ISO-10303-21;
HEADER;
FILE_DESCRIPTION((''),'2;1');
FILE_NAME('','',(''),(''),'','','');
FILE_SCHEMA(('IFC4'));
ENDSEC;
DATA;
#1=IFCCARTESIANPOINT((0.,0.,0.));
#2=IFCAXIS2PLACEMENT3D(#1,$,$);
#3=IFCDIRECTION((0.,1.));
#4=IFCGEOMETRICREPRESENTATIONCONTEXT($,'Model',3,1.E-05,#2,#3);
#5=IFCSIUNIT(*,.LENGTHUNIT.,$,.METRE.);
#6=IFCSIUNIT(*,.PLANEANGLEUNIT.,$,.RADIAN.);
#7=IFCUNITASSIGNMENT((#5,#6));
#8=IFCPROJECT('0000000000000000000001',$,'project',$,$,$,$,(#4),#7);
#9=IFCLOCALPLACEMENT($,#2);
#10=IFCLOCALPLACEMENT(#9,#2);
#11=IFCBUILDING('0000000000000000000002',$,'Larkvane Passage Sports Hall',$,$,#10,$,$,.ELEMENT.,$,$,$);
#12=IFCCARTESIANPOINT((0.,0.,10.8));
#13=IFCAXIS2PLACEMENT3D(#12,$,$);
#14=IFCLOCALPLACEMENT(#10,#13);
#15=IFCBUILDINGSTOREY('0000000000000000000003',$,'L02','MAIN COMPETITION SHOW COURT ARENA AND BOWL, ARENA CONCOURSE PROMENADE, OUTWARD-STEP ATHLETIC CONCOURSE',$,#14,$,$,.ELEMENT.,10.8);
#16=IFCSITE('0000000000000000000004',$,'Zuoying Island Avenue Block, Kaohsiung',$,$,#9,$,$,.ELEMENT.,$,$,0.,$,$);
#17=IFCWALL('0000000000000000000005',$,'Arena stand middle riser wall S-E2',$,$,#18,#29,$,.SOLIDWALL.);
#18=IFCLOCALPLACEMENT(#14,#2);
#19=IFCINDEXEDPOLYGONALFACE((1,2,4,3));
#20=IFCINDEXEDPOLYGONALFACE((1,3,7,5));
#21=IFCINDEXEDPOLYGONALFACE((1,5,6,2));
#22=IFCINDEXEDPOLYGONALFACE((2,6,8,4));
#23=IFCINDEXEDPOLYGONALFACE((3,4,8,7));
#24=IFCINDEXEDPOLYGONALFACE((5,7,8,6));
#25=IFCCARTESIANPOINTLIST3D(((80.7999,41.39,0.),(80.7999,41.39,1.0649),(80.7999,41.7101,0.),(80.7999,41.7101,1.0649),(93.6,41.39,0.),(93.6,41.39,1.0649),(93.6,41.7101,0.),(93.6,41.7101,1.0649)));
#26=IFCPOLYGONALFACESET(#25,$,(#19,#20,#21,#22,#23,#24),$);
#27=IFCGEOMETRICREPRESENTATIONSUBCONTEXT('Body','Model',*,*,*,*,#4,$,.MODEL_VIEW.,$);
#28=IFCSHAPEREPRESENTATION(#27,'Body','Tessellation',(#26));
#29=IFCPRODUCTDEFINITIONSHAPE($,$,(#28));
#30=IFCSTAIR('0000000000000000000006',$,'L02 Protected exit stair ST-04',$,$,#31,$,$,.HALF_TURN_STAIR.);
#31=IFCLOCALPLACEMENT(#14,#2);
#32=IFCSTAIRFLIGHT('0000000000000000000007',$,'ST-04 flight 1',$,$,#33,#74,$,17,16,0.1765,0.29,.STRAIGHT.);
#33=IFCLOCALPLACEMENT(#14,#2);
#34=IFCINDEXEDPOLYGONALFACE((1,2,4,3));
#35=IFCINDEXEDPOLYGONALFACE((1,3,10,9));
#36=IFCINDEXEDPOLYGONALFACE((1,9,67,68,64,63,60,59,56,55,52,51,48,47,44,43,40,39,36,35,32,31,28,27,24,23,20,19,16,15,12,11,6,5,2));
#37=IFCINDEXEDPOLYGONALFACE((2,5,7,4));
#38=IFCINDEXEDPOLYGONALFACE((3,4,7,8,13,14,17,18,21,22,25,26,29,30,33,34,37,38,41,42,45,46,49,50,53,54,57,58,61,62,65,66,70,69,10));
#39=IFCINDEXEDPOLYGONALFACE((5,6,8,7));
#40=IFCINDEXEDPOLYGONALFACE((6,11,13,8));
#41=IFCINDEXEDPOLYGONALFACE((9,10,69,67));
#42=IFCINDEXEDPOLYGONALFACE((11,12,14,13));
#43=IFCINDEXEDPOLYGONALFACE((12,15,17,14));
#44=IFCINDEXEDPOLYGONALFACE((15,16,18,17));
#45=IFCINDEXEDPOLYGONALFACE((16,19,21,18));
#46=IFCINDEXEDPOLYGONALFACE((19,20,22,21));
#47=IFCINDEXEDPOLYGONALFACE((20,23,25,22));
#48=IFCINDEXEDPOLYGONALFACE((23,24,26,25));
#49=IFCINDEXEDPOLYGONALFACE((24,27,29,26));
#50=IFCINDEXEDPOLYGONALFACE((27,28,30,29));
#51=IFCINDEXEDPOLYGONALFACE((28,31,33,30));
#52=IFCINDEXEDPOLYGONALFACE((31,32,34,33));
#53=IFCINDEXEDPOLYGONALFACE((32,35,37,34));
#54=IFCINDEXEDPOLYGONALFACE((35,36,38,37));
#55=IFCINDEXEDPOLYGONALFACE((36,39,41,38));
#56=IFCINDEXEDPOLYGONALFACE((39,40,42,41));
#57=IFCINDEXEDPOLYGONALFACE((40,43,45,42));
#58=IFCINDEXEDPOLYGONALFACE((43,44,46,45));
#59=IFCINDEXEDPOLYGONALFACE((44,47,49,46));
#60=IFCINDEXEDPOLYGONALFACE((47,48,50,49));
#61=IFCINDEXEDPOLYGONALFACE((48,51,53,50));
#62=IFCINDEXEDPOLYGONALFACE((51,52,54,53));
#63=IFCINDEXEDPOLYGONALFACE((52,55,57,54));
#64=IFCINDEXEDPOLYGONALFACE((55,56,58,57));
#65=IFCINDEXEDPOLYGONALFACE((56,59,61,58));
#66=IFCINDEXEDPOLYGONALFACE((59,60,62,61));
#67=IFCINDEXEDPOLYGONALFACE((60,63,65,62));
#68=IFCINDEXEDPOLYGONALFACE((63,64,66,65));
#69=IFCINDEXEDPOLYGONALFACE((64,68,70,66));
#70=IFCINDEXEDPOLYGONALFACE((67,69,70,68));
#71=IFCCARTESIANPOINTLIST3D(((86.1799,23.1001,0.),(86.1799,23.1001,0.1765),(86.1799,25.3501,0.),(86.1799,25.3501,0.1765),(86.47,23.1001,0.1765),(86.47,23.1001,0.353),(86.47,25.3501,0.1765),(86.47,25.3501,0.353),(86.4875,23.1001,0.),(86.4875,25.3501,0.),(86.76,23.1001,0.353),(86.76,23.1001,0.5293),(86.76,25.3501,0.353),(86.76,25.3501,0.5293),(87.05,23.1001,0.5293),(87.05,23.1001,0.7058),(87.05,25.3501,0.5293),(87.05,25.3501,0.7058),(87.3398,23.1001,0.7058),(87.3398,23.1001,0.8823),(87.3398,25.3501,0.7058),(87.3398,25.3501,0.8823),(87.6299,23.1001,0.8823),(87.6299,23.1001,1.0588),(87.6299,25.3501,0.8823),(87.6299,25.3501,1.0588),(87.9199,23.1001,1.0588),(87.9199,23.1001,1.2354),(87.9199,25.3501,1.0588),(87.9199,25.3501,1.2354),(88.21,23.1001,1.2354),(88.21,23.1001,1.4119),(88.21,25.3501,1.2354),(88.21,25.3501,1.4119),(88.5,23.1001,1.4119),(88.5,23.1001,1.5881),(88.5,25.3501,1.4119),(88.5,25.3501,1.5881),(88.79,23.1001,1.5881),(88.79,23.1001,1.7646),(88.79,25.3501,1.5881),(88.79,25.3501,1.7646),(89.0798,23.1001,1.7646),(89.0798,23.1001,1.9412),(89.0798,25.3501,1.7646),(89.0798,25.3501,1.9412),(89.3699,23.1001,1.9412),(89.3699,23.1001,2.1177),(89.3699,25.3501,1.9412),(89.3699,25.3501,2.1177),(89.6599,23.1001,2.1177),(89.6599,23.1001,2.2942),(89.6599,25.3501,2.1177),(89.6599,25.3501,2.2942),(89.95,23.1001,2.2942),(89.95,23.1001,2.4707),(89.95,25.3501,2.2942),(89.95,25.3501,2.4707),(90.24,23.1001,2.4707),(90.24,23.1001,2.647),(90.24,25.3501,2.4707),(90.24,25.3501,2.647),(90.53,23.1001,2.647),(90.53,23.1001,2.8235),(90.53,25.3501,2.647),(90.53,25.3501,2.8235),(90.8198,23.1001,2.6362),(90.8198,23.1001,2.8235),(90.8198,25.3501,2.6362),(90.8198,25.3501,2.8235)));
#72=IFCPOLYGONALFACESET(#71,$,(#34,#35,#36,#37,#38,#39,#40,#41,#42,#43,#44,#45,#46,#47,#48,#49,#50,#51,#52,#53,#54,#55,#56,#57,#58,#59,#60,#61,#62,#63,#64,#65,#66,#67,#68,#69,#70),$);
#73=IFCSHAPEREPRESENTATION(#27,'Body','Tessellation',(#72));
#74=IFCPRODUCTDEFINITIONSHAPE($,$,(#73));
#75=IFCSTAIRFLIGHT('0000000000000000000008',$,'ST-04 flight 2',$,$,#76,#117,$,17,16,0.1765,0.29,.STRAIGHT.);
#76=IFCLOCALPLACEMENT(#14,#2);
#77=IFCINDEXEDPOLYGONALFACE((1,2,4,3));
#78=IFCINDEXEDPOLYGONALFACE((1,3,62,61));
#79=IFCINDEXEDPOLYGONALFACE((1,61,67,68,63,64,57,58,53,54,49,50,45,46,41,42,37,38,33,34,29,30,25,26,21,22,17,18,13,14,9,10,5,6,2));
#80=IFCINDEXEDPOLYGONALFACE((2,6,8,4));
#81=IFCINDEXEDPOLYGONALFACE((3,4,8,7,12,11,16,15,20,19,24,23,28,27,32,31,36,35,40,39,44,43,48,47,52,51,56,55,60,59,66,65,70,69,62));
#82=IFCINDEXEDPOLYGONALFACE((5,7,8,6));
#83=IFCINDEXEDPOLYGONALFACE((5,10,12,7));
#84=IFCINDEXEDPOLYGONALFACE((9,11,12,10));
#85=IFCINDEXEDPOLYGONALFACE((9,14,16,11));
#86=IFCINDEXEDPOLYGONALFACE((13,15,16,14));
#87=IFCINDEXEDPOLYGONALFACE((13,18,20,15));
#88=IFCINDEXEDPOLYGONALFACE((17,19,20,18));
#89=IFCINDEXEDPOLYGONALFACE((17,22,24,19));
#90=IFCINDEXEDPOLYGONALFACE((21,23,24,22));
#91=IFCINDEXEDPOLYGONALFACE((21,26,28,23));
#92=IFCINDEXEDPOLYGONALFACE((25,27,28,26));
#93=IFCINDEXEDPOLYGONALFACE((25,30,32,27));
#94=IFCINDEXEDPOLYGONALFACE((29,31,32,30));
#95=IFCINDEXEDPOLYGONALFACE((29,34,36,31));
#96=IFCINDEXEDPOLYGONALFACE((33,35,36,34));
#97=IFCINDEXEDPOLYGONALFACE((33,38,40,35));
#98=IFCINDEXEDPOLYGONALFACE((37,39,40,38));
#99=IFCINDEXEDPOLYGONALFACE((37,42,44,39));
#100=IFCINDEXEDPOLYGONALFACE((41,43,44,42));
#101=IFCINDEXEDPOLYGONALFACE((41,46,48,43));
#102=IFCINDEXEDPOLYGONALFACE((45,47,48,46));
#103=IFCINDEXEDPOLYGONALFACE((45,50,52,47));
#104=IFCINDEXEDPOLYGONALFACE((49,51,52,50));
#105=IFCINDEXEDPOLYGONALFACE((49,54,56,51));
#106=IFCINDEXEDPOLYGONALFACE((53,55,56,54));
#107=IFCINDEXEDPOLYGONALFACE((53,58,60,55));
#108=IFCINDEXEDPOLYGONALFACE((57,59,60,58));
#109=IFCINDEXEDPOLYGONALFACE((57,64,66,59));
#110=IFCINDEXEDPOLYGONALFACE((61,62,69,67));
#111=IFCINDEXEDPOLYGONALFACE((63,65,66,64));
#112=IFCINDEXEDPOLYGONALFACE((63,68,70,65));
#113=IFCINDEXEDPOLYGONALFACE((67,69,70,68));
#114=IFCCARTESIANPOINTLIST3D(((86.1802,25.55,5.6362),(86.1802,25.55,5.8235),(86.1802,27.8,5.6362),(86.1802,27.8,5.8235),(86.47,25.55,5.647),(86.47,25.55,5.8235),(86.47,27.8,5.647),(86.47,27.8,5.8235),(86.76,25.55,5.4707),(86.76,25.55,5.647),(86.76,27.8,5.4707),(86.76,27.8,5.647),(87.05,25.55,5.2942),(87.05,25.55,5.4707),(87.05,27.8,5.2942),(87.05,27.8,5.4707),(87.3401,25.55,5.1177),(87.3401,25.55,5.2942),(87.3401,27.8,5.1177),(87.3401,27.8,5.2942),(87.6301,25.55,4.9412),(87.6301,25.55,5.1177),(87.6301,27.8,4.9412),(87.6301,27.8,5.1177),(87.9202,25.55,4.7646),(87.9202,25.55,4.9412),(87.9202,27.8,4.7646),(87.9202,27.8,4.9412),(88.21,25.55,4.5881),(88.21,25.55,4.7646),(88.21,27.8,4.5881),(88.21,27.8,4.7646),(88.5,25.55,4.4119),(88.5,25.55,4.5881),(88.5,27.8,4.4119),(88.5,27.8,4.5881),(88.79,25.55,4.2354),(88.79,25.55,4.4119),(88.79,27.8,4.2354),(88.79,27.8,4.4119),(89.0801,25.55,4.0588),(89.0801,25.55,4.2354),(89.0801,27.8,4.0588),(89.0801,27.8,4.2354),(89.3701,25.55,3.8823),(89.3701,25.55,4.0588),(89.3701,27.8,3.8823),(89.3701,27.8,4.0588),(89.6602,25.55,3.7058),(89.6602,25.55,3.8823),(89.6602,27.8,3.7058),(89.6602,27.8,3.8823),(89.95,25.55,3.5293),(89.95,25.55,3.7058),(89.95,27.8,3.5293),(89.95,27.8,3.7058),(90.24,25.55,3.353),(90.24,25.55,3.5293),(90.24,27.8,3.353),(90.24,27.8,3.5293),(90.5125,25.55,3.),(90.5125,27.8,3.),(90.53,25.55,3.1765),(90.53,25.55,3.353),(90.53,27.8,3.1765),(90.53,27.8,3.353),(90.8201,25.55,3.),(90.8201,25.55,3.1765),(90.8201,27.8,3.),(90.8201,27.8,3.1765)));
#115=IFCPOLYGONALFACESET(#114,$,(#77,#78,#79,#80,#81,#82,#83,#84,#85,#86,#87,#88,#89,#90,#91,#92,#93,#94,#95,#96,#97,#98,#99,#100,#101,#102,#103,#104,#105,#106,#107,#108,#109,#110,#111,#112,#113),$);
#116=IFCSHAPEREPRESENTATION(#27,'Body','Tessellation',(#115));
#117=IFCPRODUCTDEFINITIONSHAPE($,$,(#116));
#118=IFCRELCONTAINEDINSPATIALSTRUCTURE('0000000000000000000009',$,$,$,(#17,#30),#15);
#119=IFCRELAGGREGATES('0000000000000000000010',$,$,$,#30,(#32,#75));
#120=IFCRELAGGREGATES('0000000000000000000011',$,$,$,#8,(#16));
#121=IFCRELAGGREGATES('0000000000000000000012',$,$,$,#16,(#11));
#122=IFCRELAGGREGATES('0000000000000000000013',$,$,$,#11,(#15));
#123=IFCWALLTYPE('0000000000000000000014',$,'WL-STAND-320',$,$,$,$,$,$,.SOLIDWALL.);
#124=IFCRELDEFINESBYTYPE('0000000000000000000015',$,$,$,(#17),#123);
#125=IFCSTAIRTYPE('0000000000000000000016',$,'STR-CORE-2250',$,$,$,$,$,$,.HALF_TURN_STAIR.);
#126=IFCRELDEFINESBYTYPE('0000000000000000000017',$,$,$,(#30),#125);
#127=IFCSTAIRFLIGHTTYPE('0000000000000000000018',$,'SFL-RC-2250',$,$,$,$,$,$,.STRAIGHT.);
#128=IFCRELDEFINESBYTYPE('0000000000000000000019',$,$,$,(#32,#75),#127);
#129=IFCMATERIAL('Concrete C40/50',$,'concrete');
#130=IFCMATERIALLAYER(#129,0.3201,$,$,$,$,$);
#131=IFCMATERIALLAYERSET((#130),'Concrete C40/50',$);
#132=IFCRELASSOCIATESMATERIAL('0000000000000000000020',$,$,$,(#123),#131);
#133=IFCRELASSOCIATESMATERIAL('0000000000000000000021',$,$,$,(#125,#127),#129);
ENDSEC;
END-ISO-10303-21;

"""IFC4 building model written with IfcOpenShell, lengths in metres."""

from ifc_helpers import new_model, si_unit, direction, frame, frame_2d, origin, place, context, subcontext, project, spatial, polyline, rectangle, outline, extrude, material, layer, layer_set, type_object, element, aggregate, save


model = new_model("IFC4")

# Units and contexts
model_context = context("Model", 3, precision=1e-05, world=origin(), true_north=direction((0.0, 1.0)))
body_context = subcontext(model_context, "Body", "Model", "MODEL_VIEW")
ifc_project = project(units=[si_unit("LENGTHUNIT", "METRE"), si_unit("PLANEANGLEUNIT", "RADIAN")], contexts=[model_context])

# Site, building, storey
site_placement = place(None, origin())
site = spatial("IfcSite", under=ifc_project, at=site_placement, Name="Zuoying Island Avenue Block, Kaohsiung", CompositionType="ELEMENT", RefElevation=0.0)
building_placement = place(site_placement, origin())
building = spatial("IfcBuilding", under=site, at=building_placement, Name="Larkvane Passage Sports Hall", CompositionType="ELEMENT")
storey_placement = place(building_placement, frame((0.0, 0.0, 10.8)))
storey = spatial("IfcBuildingStorey", under=building, at=storey_placement, Name="L02", Description="MAIN COMPETITION SHOW COURT ARENA AND BOWL, ARENA CONCOURSE PROMENADE, OUTWARD-STEP ATHLETIC CONCOURSE", CompositionType="ELEMENT", Elevation=10.8)

# Shared definitions
ifc_material_1 = material(Name="Concrete C40/50", Category="concrete")

# Wall
ifc_layer_1 = layer(ifc_material_1, 0.3201)
ifc_layer_set_1 = layer_set([ifc_layer_1], Name="Concrete C40/50")
wall_type_1 = type_object("IfcWallType", Name="WL-STAND-320", PredefinedType="SOLIDWALL", material=ifc_layer_set_1)
wall_1_placement = place(storey_placement, frame((80.8, 41.55, 0.0), z_axis=(0.0, 0.0, 1.0), x_axis=(1.0, 0.0, 0.0)))
element("IfcWall", 1, at=wall_1_placement, inside=storey, type_object=wall_type_1, Name="Arena stand middle riser wall S-E2", PredefinedType="SOLIDWALL", context=body_context, shape_type="SweptSolid", body=[
    extrude(rectangle(XDim=12.8, YDim=0.3201, at=frame_2d((6.3999, 0.0))), origin(), (0.0, 0.0, 1.0), 1.0649),
])

# Stair, stair flights
stair_type = type_object("IfcStairType", Name="STR-CORE-2250", PredefinedType="HALF_TURN_STAIR", material=ifc_material_1)
stair_placement = place(storey_placement, origin())
stair = element("IfcStair", 2, at=stair_placement, inside=storey, type_object=stair_type, Name="L02 Protected exit stair ST-04", PredefinedType="HALF_TURN_STAIR")
stair_flight_type = type_object("IfcStairFlightType", Name="SFL-RC-2250", PredefinedType="STRAIGHT", material=ifc_material_1)
stair_flight_1_placement = place(storey_placement, frame((86.1799, 24.2251, 0.0), z_axis=(0.0, 0.0, 1.0), x_axis=(1.0, 0.0, 0.0)))
stair_flight_1 = element("IfcStairFlight", 3, at=stair_flight_1_placement, type_object=stair_flight_type, Name="ST-04 flight 1", NumberOfRisers=17, NumberOfTreads=16, PredefinedType="STRAIGHT", RiserHeight=0.1765, TreadLength=0.29, context=body_context, shape_type="SweptSolid", body=[
    extrude(outline(polyline([(0.0, 0.0), (0.0, 0.1765), (0.29, 0.1765), (0.29, 0.353), (0.5801, 0.353), (0.5801, 0.5293), (0.8701, 0.5293), (0.8701, 0.7058), (1.1599, 0.7058), (1.1599, 0.8823), (1.45, 0.8823), (1.45, 1.0588), (1.74, 1.0588), (1.74, 1.2354), (2.03, 1.2354), (2.03, 1.4119), (2.3201, 1.4119), (2.3201, 1.5881), (2.6101, 1.5881), (2.6101, 1.7646), (2.8999, 1.7646), (2.8999, 1.9412), (3.1899, 1.9412), (3.1899, 2.1177), (3.48, 2.1177), (3.48, 2.2942), (3.77, 2.2942), (3.77, 2.4707), (4.0601, 2.4707), (4.0601, 2.647), (4.3501, 2.647), (4.3501, 2.8235), (4.6399, 2.8235), (4.6399, 3.0), (4.6399, 2.6362), (0.3076, 0.0), (0.0, 0.0)])), frame((0.0, 1.125, 0.0), z_axis=(0.0, -1.0, 0.0), x_axis=(1.0, 0.0, 0.0)), (0.0, 0.0, 1.0), 2.25),
])
stair_flight_2_placement = place(storey_placement, frame((90.8201, 26.675, 3.0), z_axis=(0.0, 0.0, 1.0), x_axis=(-1.0, 0.0, 0.0)))
stair_flight_2 = element("IfcStairFlight", 4, at=stair_flight_2_placement, type_object=stair_flight_type, Name="ST-04 flight 2", NumberOfRisers=17, NumberOfTreads=16, PredefinedType="STRAIGHT", RiserHeight=0.1765, TreadLength=0.29, context=body_context, shape_type="SweptSolid", body=[
    extrude(outline(polyline([(0.0, 0.0), (0.0, 0.1765), (0.29, 0.1765), (0.29, 0.353), (0.5801, 0.353), (0.5801, 0.5293), (0.8701, 0.5293), (0.8701, 0.7058), (1.1599, 0.7058), (1.1599, 0.8823), (1.45, 0.8823), (1.45, 1.0588), (1.74, 1.0588), (1.74, 1.2354), (2.03, 1.2354), (2.03, 1.4119), (2.3201, 1.4119), (2.3201, 1.5881), (2.6101, 1.5881), (2.6101, 1.7646), (2.8999, 1.7646), (2.8999, 1.9412), (3.1899, 1.9412), (3.1899, 2.1177), (3.48, 2.1177), (3.48, 2.2942), (3.77, 2.2942), (3.77, 2.4707), (4.0601, 2.4707), (4.0601, 2.647), (4.3501, 2.647), (4.3501, 2.8235), (4.6399, 2.8235), (4.6399, 3.0), (4.6399, 2.6362), (0.3076, 0.0), (0.0, 0.0)])), frame((0.0, 1.125, 0.0), z_axis=(0.0, -1.0, 0.0), x_axis=(1.0, 0.0, 0.0)), (0.0, 0.0, 1.0), 2.25),
])
aggregate(stair, [stair_flight_1, stair_flight_2])

save(model, "model.ifc")
